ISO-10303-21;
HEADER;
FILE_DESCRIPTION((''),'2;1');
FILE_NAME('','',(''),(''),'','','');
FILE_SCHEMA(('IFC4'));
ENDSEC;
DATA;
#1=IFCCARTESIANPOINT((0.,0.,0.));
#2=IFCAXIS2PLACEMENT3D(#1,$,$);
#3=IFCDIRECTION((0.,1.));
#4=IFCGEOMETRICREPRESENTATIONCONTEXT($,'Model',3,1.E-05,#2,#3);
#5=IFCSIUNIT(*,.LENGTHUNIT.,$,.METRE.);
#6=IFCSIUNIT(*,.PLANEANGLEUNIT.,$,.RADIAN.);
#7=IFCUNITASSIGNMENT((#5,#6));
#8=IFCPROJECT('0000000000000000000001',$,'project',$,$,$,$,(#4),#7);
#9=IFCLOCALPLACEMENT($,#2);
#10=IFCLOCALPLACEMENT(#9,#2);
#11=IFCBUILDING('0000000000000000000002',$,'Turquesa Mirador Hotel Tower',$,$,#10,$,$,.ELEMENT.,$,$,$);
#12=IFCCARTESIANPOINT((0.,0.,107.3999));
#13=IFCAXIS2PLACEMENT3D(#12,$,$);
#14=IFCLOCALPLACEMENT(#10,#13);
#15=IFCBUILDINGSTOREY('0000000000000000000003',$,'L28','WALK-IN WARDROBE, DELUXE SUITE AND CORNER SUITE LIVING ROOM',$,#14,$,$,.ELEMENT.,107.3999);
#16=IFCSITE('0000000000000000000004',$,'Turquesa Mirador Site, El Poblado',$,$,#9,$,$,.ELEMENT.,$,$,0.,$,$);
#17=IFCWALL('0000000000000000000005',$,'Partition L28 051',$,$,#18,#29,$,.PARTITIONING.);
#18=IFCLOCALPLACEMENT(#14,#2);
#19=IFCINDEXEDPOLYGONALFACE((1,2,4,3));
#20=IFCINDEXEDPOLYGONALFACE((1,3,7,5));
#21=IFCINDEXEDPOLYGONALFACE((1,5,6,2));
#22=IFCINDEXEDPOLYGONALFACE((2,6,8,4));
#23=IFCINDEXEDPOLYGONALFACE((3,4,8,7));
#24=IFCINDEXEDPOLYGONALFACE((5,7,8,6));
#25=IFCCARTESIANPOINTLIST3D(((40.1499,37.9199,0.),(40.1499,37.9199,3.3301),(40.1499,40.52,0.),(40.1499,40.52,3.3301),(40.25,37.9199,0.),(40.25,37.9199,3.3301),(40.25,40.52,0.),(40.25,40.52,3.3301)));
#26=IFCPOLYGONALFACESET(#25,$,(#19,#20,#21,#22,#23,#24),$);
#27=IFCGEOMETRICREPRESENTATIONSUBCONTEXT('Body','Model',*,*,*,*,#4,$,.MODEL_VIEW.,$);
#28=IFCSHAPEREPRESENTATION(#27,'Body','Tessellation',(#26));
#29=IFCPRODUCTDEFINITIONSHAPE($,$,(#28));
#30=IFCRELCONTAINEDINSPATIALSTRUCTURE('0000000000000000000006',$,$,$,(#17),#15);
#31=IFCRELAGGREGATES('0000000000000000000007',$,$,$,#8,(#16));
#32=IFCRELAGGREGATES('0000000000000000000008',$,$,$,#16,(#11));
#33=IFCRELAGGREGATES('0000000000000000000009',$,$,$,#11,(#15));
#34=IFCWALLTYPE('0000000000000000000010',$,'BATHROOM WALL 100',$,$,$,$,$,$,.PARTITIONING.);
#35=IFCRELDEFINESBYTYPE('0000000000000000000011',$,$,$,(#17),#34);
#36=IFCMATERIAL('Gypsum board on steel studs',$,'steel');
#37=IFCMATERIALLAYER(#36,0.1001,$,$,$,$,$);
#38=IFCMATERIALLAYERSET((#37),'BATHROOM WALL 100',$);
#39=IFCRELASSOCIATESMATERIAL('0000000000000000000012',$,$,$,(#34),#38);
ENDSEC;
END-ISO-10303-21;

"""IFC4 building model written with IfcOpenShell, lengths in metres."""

from ifc_helpers import new_model, si_unit, direction, frame, frame_2d, origin, place, context, subcontext, project, spatial, rectangle, extrude, material, layer, layer_set, type_object, element, save


model = new_model("IFC4")

# Units and contexts
model_context = context("Model", 3, precision=1e-05, world=origin(), true_north=direction((0.0, 1.0)))
body_context = subcontext(model_context, "Body", "Model", "MODEL_VIEW")
ifc_project = project(units=[si_unit("LENGTHUNIT", "METRE"), si_unit("PLANEANGLEUNIT", "RADIAN")], contexts=[model_context])

# Site, building, storey
site_placement = place(None, origin())
site = spatial("IfcSite", under=ifc_project, at=site_placement, Name="Turquesa Mirador Site, El Poblado", CompositionType="ELEMENT", RefElevation=0.0)
building_placement = place(site_placement, origin())
building = spatial("IfcBuilding", under=site, at=building_placement, Name="Turquesa Mirador Hotel Tower", CompositionType="ELEMENT")
storey_placement = place(building_placement, frame((0.0, 0.0, 107.3999)))
storey = spatial("IfcBuildingStorey", under=building, at=storey_placement, Name="L28", Description="WALK-IN WARDROBE, DELUXE SUITE AND CORNER SUITE LIVING ROOM", CompositionType="ELEMENT", Elevation=107.3999)

# Shared definitions
ifc_material_1 = material(Name="Gypsum board on steel studs", Category="steel")
ifc_layer = layer(ifc_material_1, 0.1001)
ifc_layer_set = layer_set([ifc_layer], Name="BATHROOM WALL 100")
wall_type = type_object("IfcWallType", Name="BATHROOM WALL 100", PredefinedType="PARTITIONING", material=ifc_layer_set)

# Wall
wall_1_placement = place(storey_placement, frame((40.2, 37.9199, 0.0), z_axis=(0.0, 0.0, 1.0), x_axis=(0.0, 1.0, 0.0)))
element("IfcWall", 1, at=wall_1_placement, inside=storey, type_object=wall_type, Name="Partition L28 051", PredefinedType="PARTITIONING", context=body_context, shape_type="SweptSolid", body=[
    extrude(rectangle(XDim=2.6001, YDim=0.1001, at=frame_2d((1.3, 0.0))), origin(), (0.0, 0.0, 1.0), 3.3301),
])

save(model, "model.ifc")
